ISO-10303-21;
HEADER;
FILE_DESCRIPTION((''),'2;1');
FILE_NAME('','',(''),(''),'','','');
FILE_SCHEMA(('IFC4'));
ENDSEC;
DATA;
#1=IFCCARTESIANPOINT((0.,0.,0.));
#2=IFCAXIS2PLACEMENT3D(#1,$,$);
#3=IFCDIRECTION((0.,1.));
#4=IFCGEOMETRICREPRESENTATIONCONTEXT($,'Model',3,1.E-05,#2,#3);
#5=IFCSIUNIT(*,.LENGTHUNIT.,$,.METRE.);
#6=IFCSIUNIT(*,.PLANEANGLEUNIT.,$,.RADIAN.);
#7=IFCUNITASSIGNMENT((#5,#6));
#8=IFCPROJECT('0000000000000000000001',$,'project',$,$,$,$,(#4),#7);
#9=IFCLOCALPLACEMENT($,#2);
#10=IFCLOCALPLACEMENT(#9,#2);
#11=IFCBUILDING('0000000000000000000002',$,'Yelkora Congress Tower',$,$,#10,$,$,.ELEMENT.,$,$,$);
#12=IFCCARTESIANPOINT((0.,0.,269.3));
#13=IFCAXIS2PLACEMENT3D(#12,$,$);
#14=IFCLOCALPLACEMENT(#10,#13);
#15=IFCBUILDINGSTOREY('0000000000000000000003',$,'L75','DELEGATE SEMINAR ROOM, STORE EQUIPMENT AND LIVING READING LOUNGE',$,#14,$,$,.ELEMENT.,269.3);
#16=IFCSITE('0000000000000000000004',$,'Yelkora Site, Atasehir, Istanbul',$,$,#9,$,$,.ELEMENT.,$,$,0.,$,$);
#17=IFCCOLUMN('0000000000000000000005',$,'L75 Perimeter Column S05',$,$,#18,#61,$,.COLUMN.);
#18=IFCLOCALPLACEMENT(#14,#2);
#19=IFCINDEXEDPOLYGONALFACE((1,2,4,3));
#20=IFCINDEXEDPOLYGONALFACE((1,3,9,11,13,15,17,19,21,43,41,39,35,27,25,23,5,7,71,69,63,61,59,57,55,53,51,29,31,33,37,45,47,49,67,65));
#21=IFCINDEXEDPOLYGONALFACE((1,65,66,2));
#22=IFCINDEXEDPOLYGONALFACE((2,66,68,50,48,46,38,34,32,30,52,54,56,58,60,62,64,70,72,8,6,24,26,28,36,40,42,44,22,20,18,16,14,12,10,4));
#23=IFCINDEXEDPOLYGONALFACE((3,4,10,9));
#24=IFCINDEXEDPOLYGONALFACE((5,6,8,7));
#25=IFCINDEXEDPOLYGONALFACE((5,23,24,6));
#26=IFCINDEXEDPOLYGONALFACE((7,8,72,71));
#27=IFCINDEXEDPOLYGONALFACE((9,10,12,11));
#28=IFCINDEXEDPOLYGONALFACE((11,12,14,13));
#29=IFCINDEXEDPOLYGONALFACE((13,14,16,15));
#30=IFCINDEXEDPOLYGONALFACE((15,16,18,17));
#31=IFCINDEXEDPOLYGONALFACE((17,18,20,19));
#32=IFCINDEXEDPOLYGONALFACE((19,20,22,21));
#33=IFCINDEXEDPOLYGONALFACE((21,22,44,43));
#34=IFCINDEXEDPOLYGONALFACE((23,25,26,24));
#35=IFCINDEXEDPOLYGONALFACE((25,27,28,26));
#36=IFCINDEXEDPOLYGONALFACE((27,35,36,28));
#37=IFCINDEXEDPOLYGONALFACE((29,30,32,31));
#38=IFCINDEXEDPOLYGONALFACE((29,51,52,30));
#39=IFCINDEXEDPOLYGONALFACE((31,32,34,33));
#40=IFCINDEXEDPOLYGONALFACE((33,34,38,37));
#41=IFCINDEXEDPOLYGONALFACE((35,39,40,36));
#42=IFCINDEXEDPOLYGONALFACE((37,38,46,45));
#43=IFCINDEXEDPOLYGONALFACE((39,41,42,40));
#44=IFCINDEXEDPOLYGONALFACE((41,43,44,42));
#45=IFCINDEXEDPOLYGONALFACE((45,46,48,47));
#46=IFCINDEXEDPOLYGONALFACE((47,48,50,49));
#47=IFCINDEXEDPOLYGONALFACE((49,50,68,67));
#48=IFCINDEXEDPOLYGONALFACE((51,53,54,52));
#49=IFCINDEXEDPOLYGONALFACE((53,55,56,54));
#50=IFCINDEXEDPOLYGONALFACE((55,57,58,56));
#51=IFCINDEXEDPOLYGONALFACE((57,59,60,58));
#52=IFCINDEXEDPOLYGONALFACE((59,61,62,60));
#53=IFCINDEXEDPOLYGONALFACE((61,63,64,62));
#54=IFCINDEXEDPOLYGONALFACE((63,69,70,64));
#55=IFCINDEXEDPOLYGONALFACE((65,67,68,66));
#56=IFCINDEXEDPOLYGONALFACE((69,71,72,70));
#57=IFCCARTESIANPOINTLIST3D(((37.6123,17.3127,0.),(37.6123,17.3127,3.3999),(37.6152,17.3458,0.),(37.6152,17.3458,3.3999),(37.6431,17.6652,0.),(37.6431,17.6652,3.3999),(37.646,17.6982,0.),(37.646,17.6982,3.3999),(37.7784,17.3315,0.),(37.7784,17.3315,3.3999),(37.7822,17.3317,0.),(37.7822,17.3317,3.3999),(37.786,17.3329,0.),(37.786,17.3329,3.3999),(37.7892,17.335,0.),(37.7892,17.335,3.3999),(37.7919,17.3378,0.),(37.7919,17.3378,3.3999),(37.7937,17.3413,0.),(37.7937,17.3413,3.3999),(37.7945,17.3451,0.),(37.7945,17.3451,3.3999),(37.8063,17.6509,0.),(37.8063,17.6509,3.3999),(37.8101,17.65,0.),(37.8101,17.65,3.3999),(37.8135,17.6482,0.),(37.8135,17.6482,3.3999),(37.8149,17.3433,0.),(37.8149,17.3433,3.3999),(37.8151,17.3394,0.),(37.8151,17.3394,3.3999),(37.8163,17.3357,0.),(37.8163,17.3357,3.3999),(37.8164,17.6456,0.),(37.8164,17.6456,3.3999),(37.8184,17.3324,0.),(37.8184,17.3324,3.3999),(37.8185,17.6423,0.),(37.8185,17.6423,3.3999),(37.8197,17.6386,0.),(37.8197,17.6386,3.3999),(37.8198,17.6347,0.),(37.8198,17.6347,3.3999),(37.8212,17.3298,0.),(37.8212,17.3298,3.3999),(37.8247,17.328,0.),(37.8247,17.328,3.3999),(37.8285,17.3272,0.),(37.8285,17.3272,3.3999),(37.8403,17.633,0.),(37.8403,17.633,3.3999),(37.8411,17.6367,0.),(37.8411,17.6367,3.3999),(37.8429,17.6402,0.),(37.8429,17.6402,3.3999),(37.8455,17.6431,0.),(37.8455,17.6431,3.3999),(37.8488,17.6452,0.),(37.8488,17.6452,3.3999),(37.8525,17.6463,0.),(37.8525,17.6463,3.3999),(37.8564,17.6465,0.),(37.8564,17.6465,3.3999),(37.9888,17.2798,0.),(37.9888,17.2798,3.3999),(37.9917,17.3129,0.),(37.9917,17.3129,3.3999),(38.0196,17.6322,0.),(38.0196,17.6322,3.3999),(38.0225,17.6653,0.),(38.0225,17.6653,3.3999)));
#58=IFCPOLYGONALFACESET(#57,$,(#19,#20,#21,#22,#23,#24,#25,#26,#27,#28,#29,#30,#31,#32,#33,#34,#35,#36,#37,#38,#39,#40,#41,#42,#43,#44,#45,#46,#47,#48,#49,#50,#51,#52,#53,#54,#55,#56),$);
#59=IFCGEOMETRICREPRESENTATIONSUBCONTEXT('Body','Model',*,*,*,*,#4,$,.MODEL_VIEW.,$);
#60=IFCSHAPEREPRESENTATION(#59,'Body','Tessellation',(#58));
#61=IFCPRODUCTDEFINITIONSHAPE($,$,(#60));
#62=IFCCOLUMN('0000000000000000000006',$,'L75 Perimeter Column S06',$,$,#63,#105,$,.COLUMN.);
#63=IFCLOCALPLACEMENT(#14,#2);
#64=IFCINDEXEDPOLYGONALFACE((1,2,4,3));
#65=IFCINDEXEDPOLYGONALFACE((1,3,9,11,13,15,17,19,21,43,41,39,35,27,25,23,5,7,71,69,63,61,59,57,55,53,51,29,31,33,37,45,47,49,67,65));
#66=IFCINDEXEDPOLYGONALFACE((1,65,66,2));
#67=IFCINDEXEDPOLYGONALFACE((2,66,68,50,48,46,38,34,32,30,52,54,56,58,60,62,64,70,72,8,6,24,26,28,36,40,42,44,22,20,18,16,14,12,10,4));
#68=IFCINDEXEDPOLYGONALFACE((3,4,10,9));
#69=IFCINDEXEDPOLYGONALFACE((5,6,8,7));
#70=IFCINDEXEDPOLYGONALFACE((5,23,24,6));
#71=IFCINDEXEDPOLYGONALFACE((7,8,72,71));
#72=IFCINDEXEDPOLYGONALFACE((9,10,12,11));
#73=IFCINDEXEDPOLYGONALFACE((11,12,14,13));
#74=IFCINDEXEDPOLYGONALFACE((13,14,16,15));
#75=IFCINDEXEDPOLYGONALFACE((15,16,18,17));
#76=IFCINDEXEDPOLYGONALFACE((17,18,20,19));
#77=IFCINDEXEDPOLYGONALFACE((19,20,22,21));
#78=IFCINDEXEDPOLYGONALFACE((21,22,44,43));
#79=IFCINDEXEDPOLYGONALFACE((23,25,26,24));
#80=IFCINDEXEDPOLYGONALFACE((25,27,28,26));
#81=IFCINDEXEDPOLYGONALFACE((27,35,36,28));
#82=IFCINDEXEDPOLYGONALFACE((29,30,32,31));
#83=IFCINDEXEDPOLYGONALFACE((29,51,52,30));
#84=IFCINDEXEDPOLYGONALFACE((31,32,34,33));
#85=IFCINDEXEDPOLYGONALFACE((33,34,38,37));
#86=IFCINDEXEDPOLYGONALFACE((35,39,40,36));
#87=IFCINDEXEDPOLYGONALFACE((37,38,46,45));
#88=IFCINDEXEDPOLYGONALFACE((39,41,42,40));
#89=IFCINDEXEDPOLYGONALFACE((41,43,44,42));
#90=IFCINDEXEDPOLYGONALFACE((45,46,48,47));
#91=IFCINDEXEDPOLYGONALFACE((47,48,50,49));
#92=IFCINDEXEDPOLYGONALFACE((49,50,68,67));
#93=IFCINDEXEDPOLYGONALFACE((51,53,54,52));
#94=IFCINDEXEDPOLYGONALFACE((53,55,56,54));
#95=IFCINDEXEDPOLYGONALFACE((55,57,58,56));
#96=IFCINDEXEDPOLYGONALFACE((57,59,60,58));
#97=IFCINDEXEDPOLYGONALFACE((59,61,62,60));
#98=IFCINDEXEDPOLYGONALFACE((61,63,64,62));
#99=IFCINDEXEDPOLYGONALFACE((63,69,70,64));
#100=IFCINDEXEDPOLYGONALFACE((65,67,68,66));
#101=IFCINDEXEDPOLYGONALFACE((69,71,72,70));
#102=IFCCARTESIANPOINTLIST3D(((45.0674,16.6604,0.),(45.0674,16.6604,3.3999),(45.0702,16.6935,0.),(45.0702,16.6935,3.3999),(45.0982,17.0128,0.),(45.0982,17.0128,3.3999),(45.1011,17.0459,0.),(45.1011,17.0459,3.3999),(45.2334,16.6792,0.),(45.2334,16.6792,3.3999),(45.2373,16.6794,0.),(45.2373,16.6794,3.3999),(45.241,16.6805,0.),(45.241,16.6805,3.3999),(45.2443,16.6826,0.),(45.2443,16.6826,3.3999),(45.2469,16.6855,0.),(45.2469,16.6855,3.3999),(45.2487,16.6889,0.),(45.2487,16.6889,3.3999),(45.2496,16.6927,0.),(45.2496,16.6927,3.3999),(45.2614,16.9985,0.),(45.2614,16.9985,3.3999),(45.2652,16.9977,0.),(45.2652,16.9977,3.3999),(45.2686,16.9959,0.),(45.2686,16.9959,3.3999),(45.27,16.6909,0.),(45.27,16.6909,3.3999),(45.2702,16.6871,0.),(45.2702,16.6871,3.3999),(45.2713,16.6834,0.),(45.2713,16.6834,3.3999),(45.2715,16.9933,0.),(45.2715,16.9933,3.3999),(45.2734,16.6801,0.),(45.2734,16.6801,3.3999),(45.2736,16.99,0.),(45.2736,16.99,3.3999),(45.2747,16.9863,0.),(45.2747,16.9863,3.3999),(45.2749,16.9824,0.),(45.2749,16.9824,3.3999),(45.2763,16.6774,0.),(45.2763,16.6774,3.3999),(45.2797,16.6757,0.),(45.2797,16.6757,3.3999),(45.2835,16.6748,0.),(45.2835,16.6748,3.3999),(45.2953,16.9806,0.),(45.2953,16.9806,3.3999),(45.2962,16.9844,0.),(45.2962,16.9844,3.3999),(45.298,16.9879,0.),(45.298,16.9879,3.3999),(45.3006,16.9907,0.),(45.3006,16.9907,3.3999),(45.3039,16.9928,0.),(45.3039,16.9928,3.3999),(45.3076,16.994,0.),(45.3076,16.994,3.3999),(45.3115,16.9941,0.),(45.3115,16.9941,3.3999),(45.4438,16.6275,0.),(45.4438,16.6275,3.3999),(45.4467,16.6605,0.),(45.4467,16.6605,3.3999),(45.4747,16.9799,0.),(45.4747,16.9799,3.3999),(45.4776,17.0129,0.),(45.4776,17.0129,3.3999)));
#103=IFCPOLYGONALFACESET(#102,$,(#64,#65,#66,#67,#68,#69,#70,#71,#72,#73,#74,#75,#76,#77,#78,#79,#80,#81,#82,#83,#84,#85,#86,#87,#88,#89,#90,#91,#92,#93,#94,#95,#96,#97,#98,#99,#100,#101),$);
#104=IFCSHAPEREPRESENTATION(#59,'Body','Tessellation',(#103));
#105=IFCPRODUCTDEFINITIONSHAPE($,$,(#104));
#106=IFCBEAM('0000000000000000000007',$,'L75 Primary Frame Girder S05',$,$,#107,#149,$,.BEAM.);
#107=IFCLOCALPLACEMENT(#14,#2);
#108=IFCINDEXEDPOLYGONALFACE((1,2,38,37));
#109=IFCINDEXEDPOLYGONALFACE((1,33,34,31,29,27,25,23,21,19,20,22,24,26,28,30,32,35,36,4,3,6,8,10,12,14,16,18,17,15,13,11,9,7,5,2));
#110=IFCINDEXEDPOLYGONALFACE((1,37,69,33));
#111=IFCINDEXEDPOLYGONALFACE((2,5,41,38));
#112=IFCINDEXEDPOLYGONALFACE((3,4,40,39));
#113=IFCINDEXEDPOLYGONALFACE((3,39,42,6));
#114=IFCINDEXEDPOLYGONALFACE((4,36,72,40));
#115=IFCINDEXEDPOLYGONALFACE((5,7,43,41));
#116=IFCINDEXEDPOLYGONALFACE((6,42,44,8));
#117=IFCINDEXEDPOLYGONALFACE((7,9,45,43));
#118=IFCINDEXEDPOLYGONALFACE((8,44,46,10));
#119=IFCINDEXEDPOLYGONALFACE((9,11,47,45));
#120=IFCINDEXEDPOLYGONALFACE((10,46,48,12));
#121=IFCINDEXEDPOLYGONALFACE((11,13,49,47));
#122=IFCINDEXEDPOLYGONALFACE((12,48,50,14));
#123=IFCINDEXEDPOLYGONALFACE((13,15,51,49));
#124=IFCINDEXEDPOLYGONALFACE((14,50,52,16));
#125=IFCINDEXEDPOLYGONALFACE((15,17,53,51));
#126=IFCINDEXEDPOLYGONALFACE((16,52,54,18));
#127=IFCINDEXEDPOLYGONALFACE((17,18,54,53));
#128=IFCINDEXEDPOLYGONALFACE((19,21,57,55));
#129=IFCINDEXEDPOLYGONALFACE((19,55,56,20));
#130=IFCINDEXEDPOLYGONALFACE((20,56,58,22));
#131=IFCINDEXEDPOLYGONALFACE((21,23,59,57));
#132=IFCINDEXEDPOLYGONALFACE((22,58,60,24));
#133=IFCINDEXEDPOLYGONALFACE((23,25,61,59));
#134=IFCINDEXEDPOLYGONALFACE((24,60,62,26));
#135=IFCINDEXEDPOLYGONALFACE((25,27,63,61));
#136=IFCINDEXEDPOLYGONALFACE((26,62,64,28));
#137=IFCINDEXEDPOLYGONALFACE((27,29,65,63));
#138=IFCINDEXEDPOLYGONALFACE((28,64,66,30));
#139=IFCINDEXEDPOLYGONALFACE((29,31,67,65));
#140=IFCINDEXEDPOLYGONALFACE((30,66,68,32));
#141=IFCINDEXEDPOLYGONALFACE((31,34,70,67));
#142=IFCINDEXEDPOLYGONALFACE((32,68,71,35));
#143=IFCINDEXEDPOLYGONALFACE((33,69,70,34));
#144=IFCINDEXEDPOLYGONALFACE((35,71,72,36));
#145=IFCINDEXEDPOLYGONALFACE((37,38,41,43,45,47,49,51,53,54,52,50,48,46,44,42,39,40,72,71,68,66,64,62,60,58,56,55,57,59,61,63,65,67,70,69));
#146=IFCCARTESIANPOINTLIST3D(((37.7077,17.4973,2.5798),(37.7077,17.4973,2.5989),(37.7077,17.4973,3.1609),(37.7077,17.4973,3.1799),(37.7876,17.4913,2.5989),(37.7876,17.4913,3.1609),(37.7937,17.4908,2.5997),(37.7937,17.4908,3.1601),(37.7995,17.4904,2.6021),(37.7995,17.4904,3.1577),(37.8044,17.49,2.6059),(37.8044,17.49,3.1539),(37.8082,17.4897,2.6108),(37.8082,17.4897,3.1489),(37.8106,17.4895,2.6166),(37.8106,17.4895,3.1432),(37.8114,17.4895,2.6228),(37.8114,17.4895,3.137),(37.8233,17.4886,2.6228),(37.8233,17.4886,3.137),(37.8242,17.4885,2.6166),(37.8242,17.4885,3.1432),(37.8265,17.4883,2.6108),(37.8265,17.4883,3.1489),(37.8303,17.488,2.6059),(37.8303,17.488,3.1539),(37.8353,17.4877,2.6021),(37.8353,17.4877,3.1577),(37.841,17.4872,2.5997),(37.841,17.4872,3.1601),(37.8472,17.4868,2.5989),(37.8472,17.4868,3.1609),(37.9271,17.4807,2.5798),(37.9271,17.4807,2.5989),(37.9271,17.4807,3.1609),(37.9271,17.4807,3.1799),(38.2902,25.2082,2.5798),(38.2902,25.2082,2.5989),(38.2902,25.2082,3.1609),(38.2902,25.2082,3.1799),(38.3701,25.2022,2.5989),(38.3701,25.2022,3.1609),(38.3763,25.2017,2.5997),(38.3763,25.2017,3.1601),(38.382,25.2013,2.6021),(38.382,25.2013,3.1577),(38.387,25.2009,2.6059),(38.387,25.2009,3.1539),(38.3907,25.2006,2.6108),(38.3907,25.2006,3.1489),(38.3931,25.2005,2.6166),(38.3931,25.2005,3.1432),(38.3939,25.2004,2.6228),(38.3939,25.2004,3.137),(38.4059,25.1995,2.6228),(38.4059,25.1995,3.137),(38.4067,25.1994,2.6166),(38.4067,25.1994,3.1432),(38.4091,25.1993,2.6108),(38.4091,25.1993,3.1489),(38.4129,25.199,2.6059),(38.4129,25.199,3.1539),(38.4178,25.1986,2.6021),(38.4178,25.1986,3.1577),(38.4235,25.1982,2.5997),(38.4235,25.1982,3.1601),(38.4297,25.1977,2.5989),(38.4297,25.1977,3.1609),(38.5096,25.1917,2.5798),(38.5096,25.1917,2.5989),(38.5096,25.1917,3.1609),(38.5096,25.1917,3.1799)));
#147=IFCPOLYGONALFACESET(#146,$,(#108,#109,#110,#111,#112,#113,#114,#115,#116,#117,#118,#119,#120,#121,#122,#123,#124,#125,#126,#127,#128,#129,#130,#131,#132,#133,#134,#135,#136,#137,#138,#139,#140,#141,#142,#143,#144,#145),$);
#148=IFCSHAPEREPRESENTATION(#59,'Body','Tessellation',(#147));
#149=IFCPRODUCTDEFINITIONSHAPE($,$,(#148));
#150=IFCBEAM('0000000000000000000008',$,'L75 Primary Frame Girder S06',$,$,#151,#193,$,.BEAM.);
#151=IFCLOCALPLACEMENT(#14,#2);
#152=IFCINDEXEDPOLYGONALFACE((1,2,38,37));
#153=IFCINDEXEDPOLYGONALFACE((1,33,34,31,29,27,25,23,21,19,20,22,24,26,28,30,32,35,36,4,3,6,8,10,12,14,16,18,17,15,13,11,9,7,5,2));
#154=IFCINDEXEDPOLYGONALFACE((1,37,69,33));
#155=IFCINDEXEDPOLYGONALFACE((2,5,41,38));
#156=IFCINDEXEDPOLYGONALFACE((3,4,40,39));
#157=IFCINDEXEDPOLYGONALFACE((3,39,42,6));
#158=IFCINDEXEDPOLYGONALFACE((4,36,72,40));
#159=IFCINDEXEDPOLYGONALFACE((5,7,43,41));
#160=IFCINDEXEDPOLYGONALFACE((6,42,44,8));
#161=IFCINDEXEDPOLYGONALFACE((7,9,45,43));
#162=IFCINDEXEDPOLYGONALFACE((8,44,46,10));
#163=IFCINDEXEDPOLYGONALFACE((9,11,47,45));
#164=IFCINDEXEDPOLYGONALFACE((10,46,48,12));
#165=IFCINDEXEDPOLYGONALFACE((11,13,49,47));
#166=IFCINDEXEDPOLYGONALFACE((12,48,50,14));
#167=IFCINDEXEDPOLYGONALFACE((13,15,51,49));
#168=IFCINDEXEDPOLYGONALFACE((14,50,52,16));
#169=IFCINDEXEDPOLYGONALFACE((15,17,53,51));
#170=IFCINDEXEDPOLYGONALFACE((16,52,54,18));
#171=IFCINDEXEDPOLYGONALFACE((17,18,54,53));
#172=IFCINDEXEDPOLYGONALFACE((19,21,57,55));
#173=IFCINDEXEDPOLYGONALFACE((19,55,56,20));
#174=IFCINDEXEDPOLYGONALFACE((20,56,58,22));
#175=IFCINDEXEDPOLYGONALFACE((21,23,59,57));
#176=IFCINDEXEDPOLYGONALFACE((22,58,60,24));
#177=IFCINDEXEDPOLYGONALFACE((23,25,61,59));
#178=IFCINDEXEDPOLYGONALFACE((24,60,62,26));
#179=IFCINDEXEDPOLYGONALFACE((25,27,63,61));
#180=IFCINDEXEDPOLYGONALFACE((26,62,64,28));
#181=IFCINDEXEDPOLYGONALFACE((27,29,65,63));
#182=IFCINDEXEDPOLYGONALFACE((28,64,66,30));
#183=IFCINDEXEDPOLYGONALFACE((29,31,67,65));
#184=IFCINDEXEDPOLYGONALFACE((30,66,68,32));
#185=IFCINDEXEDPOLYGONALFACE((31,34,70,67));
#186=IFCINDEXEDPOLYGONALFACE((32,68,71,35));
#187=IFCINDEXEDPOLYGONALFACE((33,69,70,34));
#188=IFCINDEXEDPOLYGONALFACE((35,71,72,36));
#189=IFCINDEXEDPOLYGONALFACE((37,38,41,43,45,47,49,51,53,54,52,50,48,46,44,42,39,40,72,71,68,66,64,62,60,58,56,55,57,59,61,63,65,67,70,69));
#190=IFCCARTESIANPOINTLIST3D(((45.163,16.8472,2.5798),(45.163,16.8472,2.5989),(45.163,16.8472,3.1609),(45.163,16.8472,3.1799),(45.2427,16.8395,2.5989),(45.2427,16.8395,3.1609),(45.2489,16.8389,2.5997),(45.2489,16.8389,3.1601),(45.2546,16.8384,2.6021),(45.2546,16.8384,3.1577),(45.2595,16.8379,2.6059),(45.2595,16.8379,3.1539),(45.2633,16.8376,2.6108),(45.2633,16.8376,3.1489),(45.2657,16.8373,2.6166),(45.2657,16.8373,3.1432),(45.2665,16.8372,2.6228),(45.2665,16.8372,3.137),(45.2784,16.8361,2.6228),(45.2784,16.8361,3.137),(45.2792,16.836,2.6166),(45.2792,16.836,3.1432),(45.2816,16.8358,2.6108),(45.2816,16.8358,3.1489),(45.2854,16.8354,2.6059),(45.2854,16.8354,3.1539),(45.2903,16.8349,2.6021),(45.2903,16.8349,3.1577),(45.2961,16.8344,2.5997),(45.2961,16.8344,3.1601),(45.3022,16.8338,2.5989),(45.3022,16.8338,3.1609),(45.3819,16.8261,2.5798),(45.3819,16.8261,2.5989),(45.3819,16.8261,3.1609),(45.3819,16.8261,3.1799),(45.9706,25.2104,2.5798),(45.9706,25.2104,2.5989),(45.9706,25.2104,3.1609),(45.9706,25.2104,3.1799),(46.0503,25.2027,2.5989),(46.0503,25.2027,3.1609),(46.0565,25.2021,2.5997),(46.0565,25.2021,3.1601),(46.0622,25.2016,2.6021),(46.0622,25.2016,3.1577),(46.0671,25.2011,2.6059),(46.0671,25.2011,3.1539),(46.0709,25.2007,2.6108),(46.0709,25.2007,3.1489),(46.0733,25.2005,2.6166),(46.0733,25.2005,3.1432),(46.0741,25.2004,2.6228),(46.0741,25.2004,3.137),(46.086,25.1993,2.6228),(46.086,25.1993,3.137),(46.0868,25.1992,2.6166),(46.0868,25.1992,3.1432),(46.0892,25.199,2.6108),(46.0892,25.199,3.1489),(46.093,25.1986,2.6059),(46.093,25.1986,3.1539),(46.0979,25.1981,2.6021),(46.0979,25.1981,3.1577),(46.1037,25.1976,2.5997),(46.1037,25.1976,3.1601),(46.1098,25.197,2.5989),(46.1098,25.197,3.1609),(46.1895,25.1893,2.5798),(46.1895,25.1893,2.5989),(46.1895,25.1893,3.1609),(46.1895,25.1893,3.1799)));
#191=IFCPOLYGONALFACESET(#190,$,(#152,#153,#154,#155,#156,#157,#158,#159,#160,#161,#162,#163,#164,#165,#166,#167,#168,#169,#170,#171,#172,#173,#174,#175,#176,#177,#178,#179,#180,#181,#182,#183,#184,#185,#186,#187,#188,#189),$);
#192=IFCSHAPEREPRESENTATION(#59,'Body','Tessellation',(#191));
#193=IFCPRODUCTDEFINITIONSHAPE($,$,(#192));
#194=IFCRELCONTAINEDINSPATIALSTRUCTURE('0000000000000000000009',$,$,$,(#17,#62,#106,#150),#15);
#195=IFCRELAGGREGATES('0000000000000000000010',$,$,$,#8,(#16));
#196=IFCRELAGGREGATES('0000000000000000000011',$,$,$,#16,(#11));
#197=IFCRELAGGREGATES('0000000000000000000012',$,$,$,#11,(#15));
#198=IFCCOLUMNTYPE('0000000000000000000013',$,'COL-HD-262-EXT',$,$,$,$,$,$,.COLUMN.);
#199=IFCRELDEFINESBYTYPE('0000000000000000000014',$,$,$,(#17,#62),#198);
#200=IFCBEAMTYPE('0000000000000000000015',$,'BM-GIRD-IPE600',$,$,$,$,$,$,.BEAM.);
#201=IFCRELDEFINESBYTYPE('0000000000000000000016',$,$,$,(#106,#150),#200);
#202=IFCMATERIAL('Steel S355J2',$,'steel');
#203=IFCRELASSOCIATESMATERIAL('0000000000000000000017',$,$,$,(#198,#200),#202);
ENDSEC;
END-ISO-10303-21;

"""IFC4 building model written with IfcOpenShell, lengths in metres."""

from ifc_helpers import new_model, si_unit, direction, frame, origin, origin_2d, place, context, subcontext, project, spatial, i_section, extrude, material, material_profile, profile_set, type_object, element, save


model = new_model("IFC4")

# Units and contexts
model_context = context("Model", 3, precision=1e-05, world=origin(), true_north=direction((0.0, 1.0)))
body_context = subcontext(model_context, "Body", "Model", "MODEL_VIEW")
ifc_project = project(units=[si_unit("LENGTHUNIT", "METRE"), si_unit("PLANEANGLEUNIT", "RADIAN")], contexts=[model_context])

# Site, building, storey
site_placement = place(None, origin())
site = spatial("IfcSite", under=ifc_project, at=site_placement, Name="Yelkora Site, Atasehir, Istanbul", CompositionType="ELEMENT", RefElevation=0.0)
building_placement = place(site_placement, origin())
building = spatial("IfcBuilding", under=site, at=building_placement, Name="Yelkora Congress Tower", CompositionType="ELEMENT")
storey_placement = place(building_placement, frame((0.0, 0.0, 269.3)))
storey = spatial("IfcBuildingStorey", under=building, at=storey_placement, Name="L75", Description="DELEGATE SEMINAR ROOM, STORE EQUIPMENT AND LIVING READING LOUNGE", CompositionType="ELEMENT", Elevation=269.3)

# Columns
ifc_material_1 = material(Name="Steel S355J2", Category="steel")
ifc_material_profile_1 = material_profile(ifc_material_1, i_section(OverallWidth=0.3779, OverallDepth=0.387, WebThickness=0.0205, FlangeThickness=0.0332, FilletRadius=0.0149, at=origin_2d()), Name="HD 360x262")
ifc_profile_set_1 = profile_set([ifc_material_profile_1], Name="Steel S355J2")
column_type = type_object("IfcColumnType", Name="COL-HD-262-EXT", PredefinedType="COLUMN", material=ifc_profile_set_1)
for number, where, z_axis, x_axis, name in (
    (1, (37.8174, 17.489, 0.0), (0.0, 0.0, 1.0), (0.996195, -0.087156, 0.0), "L75 Perimeter Column S05"),
    (2, (45.2725, 16.8367, 0.0), (0.0, 0.0, 1.0), (0.996195, -0.087156, 0.0), "L75 Perimeter Column S06"),
):
    element("IfcColumn", number, at=place(storey_placement, frame(where, z_axis=z_axis, x_axis=x_axis)), inside=storey, type_object=column_type, Name=name, PredefinedType="COLUMN", context=body_context, shape_type="SweptSolid", body=[
        extrude(i_section(OverallWidth=0.3779, OverallDepth=0.387, WebThickness=0.0205, FlangeThickness=0.0332, FilletRadius=0.0149, at=origin_2d()), origin(), (0.0, 0.0, 1.0), 3.3999),
    ])

# Beams
ifc_material_profile_2 = material_profile(ifc_material_1, i_section(OverallWidth=0.22, OverallDepth=0.6001, WebThickness=0.012, FlangeThickness=0.019, FilletRadius=0.0239, at=origin_2d()), Name="IPE 600")
ifc_profile_set_2 = profile_set([ifc_material_profile_2], Name="Steel S355J2")
beam_type_1 = type_object("IfcBeamType", Name="BM-GIRD-IPE600", PredefinedType="BEAM", material=ifc_profile_set_2)
beam_1_placement = place(storey_placement, frame((37.8174, 17.489, 2.8799), z_axis=(0.07533, 0.997159, 0.0), x_axis=(-0.997159, 0.07533, 0.0)))
element("IfcBeam", 3, at=beam_1_placement, inside=storey, type_object=beam_type_1, Name="L75 Primary Frame Girder S05", PredefinedType="BEAM", context=body_context, shape_type="SweptSolid", body=[
    extrude(i_section(OverallWidth=0.22, OverallDepth=0.6001, WebThickness=0.012, FlangeThickness=0.019, FilletRadius=0.0239, at=origin_2d()), origin(), (0.0, 0.0, 1.0), 7.7329),
])
beam_2_placement = place(storey_placement, frame((45.2725, 16.8367, 2.8799), z_axis=(0.09612, 0.99537, 0.0), x_axis=(-0.99537, 0.09612, 0.0)))
element("IfcBeam", 4, at=beam_2_placement, inside=storey, type_object=beam_type_1, Name="L75 Primary Frame Girder S06", PredefinedType="BEAM", context=body_context, shape_type="SweptSolid", body=[
    extrude(i_section(OverallWidth=0.22, OverallDepth=0.6001, WebThickness=0.012, FlangeThickness=0.019, FilletRadius=0.0239, at=origin_2d()), origin(), (0.0, 0.0, 1.0), 8.4021),
])

save(model, "model.ifc")
